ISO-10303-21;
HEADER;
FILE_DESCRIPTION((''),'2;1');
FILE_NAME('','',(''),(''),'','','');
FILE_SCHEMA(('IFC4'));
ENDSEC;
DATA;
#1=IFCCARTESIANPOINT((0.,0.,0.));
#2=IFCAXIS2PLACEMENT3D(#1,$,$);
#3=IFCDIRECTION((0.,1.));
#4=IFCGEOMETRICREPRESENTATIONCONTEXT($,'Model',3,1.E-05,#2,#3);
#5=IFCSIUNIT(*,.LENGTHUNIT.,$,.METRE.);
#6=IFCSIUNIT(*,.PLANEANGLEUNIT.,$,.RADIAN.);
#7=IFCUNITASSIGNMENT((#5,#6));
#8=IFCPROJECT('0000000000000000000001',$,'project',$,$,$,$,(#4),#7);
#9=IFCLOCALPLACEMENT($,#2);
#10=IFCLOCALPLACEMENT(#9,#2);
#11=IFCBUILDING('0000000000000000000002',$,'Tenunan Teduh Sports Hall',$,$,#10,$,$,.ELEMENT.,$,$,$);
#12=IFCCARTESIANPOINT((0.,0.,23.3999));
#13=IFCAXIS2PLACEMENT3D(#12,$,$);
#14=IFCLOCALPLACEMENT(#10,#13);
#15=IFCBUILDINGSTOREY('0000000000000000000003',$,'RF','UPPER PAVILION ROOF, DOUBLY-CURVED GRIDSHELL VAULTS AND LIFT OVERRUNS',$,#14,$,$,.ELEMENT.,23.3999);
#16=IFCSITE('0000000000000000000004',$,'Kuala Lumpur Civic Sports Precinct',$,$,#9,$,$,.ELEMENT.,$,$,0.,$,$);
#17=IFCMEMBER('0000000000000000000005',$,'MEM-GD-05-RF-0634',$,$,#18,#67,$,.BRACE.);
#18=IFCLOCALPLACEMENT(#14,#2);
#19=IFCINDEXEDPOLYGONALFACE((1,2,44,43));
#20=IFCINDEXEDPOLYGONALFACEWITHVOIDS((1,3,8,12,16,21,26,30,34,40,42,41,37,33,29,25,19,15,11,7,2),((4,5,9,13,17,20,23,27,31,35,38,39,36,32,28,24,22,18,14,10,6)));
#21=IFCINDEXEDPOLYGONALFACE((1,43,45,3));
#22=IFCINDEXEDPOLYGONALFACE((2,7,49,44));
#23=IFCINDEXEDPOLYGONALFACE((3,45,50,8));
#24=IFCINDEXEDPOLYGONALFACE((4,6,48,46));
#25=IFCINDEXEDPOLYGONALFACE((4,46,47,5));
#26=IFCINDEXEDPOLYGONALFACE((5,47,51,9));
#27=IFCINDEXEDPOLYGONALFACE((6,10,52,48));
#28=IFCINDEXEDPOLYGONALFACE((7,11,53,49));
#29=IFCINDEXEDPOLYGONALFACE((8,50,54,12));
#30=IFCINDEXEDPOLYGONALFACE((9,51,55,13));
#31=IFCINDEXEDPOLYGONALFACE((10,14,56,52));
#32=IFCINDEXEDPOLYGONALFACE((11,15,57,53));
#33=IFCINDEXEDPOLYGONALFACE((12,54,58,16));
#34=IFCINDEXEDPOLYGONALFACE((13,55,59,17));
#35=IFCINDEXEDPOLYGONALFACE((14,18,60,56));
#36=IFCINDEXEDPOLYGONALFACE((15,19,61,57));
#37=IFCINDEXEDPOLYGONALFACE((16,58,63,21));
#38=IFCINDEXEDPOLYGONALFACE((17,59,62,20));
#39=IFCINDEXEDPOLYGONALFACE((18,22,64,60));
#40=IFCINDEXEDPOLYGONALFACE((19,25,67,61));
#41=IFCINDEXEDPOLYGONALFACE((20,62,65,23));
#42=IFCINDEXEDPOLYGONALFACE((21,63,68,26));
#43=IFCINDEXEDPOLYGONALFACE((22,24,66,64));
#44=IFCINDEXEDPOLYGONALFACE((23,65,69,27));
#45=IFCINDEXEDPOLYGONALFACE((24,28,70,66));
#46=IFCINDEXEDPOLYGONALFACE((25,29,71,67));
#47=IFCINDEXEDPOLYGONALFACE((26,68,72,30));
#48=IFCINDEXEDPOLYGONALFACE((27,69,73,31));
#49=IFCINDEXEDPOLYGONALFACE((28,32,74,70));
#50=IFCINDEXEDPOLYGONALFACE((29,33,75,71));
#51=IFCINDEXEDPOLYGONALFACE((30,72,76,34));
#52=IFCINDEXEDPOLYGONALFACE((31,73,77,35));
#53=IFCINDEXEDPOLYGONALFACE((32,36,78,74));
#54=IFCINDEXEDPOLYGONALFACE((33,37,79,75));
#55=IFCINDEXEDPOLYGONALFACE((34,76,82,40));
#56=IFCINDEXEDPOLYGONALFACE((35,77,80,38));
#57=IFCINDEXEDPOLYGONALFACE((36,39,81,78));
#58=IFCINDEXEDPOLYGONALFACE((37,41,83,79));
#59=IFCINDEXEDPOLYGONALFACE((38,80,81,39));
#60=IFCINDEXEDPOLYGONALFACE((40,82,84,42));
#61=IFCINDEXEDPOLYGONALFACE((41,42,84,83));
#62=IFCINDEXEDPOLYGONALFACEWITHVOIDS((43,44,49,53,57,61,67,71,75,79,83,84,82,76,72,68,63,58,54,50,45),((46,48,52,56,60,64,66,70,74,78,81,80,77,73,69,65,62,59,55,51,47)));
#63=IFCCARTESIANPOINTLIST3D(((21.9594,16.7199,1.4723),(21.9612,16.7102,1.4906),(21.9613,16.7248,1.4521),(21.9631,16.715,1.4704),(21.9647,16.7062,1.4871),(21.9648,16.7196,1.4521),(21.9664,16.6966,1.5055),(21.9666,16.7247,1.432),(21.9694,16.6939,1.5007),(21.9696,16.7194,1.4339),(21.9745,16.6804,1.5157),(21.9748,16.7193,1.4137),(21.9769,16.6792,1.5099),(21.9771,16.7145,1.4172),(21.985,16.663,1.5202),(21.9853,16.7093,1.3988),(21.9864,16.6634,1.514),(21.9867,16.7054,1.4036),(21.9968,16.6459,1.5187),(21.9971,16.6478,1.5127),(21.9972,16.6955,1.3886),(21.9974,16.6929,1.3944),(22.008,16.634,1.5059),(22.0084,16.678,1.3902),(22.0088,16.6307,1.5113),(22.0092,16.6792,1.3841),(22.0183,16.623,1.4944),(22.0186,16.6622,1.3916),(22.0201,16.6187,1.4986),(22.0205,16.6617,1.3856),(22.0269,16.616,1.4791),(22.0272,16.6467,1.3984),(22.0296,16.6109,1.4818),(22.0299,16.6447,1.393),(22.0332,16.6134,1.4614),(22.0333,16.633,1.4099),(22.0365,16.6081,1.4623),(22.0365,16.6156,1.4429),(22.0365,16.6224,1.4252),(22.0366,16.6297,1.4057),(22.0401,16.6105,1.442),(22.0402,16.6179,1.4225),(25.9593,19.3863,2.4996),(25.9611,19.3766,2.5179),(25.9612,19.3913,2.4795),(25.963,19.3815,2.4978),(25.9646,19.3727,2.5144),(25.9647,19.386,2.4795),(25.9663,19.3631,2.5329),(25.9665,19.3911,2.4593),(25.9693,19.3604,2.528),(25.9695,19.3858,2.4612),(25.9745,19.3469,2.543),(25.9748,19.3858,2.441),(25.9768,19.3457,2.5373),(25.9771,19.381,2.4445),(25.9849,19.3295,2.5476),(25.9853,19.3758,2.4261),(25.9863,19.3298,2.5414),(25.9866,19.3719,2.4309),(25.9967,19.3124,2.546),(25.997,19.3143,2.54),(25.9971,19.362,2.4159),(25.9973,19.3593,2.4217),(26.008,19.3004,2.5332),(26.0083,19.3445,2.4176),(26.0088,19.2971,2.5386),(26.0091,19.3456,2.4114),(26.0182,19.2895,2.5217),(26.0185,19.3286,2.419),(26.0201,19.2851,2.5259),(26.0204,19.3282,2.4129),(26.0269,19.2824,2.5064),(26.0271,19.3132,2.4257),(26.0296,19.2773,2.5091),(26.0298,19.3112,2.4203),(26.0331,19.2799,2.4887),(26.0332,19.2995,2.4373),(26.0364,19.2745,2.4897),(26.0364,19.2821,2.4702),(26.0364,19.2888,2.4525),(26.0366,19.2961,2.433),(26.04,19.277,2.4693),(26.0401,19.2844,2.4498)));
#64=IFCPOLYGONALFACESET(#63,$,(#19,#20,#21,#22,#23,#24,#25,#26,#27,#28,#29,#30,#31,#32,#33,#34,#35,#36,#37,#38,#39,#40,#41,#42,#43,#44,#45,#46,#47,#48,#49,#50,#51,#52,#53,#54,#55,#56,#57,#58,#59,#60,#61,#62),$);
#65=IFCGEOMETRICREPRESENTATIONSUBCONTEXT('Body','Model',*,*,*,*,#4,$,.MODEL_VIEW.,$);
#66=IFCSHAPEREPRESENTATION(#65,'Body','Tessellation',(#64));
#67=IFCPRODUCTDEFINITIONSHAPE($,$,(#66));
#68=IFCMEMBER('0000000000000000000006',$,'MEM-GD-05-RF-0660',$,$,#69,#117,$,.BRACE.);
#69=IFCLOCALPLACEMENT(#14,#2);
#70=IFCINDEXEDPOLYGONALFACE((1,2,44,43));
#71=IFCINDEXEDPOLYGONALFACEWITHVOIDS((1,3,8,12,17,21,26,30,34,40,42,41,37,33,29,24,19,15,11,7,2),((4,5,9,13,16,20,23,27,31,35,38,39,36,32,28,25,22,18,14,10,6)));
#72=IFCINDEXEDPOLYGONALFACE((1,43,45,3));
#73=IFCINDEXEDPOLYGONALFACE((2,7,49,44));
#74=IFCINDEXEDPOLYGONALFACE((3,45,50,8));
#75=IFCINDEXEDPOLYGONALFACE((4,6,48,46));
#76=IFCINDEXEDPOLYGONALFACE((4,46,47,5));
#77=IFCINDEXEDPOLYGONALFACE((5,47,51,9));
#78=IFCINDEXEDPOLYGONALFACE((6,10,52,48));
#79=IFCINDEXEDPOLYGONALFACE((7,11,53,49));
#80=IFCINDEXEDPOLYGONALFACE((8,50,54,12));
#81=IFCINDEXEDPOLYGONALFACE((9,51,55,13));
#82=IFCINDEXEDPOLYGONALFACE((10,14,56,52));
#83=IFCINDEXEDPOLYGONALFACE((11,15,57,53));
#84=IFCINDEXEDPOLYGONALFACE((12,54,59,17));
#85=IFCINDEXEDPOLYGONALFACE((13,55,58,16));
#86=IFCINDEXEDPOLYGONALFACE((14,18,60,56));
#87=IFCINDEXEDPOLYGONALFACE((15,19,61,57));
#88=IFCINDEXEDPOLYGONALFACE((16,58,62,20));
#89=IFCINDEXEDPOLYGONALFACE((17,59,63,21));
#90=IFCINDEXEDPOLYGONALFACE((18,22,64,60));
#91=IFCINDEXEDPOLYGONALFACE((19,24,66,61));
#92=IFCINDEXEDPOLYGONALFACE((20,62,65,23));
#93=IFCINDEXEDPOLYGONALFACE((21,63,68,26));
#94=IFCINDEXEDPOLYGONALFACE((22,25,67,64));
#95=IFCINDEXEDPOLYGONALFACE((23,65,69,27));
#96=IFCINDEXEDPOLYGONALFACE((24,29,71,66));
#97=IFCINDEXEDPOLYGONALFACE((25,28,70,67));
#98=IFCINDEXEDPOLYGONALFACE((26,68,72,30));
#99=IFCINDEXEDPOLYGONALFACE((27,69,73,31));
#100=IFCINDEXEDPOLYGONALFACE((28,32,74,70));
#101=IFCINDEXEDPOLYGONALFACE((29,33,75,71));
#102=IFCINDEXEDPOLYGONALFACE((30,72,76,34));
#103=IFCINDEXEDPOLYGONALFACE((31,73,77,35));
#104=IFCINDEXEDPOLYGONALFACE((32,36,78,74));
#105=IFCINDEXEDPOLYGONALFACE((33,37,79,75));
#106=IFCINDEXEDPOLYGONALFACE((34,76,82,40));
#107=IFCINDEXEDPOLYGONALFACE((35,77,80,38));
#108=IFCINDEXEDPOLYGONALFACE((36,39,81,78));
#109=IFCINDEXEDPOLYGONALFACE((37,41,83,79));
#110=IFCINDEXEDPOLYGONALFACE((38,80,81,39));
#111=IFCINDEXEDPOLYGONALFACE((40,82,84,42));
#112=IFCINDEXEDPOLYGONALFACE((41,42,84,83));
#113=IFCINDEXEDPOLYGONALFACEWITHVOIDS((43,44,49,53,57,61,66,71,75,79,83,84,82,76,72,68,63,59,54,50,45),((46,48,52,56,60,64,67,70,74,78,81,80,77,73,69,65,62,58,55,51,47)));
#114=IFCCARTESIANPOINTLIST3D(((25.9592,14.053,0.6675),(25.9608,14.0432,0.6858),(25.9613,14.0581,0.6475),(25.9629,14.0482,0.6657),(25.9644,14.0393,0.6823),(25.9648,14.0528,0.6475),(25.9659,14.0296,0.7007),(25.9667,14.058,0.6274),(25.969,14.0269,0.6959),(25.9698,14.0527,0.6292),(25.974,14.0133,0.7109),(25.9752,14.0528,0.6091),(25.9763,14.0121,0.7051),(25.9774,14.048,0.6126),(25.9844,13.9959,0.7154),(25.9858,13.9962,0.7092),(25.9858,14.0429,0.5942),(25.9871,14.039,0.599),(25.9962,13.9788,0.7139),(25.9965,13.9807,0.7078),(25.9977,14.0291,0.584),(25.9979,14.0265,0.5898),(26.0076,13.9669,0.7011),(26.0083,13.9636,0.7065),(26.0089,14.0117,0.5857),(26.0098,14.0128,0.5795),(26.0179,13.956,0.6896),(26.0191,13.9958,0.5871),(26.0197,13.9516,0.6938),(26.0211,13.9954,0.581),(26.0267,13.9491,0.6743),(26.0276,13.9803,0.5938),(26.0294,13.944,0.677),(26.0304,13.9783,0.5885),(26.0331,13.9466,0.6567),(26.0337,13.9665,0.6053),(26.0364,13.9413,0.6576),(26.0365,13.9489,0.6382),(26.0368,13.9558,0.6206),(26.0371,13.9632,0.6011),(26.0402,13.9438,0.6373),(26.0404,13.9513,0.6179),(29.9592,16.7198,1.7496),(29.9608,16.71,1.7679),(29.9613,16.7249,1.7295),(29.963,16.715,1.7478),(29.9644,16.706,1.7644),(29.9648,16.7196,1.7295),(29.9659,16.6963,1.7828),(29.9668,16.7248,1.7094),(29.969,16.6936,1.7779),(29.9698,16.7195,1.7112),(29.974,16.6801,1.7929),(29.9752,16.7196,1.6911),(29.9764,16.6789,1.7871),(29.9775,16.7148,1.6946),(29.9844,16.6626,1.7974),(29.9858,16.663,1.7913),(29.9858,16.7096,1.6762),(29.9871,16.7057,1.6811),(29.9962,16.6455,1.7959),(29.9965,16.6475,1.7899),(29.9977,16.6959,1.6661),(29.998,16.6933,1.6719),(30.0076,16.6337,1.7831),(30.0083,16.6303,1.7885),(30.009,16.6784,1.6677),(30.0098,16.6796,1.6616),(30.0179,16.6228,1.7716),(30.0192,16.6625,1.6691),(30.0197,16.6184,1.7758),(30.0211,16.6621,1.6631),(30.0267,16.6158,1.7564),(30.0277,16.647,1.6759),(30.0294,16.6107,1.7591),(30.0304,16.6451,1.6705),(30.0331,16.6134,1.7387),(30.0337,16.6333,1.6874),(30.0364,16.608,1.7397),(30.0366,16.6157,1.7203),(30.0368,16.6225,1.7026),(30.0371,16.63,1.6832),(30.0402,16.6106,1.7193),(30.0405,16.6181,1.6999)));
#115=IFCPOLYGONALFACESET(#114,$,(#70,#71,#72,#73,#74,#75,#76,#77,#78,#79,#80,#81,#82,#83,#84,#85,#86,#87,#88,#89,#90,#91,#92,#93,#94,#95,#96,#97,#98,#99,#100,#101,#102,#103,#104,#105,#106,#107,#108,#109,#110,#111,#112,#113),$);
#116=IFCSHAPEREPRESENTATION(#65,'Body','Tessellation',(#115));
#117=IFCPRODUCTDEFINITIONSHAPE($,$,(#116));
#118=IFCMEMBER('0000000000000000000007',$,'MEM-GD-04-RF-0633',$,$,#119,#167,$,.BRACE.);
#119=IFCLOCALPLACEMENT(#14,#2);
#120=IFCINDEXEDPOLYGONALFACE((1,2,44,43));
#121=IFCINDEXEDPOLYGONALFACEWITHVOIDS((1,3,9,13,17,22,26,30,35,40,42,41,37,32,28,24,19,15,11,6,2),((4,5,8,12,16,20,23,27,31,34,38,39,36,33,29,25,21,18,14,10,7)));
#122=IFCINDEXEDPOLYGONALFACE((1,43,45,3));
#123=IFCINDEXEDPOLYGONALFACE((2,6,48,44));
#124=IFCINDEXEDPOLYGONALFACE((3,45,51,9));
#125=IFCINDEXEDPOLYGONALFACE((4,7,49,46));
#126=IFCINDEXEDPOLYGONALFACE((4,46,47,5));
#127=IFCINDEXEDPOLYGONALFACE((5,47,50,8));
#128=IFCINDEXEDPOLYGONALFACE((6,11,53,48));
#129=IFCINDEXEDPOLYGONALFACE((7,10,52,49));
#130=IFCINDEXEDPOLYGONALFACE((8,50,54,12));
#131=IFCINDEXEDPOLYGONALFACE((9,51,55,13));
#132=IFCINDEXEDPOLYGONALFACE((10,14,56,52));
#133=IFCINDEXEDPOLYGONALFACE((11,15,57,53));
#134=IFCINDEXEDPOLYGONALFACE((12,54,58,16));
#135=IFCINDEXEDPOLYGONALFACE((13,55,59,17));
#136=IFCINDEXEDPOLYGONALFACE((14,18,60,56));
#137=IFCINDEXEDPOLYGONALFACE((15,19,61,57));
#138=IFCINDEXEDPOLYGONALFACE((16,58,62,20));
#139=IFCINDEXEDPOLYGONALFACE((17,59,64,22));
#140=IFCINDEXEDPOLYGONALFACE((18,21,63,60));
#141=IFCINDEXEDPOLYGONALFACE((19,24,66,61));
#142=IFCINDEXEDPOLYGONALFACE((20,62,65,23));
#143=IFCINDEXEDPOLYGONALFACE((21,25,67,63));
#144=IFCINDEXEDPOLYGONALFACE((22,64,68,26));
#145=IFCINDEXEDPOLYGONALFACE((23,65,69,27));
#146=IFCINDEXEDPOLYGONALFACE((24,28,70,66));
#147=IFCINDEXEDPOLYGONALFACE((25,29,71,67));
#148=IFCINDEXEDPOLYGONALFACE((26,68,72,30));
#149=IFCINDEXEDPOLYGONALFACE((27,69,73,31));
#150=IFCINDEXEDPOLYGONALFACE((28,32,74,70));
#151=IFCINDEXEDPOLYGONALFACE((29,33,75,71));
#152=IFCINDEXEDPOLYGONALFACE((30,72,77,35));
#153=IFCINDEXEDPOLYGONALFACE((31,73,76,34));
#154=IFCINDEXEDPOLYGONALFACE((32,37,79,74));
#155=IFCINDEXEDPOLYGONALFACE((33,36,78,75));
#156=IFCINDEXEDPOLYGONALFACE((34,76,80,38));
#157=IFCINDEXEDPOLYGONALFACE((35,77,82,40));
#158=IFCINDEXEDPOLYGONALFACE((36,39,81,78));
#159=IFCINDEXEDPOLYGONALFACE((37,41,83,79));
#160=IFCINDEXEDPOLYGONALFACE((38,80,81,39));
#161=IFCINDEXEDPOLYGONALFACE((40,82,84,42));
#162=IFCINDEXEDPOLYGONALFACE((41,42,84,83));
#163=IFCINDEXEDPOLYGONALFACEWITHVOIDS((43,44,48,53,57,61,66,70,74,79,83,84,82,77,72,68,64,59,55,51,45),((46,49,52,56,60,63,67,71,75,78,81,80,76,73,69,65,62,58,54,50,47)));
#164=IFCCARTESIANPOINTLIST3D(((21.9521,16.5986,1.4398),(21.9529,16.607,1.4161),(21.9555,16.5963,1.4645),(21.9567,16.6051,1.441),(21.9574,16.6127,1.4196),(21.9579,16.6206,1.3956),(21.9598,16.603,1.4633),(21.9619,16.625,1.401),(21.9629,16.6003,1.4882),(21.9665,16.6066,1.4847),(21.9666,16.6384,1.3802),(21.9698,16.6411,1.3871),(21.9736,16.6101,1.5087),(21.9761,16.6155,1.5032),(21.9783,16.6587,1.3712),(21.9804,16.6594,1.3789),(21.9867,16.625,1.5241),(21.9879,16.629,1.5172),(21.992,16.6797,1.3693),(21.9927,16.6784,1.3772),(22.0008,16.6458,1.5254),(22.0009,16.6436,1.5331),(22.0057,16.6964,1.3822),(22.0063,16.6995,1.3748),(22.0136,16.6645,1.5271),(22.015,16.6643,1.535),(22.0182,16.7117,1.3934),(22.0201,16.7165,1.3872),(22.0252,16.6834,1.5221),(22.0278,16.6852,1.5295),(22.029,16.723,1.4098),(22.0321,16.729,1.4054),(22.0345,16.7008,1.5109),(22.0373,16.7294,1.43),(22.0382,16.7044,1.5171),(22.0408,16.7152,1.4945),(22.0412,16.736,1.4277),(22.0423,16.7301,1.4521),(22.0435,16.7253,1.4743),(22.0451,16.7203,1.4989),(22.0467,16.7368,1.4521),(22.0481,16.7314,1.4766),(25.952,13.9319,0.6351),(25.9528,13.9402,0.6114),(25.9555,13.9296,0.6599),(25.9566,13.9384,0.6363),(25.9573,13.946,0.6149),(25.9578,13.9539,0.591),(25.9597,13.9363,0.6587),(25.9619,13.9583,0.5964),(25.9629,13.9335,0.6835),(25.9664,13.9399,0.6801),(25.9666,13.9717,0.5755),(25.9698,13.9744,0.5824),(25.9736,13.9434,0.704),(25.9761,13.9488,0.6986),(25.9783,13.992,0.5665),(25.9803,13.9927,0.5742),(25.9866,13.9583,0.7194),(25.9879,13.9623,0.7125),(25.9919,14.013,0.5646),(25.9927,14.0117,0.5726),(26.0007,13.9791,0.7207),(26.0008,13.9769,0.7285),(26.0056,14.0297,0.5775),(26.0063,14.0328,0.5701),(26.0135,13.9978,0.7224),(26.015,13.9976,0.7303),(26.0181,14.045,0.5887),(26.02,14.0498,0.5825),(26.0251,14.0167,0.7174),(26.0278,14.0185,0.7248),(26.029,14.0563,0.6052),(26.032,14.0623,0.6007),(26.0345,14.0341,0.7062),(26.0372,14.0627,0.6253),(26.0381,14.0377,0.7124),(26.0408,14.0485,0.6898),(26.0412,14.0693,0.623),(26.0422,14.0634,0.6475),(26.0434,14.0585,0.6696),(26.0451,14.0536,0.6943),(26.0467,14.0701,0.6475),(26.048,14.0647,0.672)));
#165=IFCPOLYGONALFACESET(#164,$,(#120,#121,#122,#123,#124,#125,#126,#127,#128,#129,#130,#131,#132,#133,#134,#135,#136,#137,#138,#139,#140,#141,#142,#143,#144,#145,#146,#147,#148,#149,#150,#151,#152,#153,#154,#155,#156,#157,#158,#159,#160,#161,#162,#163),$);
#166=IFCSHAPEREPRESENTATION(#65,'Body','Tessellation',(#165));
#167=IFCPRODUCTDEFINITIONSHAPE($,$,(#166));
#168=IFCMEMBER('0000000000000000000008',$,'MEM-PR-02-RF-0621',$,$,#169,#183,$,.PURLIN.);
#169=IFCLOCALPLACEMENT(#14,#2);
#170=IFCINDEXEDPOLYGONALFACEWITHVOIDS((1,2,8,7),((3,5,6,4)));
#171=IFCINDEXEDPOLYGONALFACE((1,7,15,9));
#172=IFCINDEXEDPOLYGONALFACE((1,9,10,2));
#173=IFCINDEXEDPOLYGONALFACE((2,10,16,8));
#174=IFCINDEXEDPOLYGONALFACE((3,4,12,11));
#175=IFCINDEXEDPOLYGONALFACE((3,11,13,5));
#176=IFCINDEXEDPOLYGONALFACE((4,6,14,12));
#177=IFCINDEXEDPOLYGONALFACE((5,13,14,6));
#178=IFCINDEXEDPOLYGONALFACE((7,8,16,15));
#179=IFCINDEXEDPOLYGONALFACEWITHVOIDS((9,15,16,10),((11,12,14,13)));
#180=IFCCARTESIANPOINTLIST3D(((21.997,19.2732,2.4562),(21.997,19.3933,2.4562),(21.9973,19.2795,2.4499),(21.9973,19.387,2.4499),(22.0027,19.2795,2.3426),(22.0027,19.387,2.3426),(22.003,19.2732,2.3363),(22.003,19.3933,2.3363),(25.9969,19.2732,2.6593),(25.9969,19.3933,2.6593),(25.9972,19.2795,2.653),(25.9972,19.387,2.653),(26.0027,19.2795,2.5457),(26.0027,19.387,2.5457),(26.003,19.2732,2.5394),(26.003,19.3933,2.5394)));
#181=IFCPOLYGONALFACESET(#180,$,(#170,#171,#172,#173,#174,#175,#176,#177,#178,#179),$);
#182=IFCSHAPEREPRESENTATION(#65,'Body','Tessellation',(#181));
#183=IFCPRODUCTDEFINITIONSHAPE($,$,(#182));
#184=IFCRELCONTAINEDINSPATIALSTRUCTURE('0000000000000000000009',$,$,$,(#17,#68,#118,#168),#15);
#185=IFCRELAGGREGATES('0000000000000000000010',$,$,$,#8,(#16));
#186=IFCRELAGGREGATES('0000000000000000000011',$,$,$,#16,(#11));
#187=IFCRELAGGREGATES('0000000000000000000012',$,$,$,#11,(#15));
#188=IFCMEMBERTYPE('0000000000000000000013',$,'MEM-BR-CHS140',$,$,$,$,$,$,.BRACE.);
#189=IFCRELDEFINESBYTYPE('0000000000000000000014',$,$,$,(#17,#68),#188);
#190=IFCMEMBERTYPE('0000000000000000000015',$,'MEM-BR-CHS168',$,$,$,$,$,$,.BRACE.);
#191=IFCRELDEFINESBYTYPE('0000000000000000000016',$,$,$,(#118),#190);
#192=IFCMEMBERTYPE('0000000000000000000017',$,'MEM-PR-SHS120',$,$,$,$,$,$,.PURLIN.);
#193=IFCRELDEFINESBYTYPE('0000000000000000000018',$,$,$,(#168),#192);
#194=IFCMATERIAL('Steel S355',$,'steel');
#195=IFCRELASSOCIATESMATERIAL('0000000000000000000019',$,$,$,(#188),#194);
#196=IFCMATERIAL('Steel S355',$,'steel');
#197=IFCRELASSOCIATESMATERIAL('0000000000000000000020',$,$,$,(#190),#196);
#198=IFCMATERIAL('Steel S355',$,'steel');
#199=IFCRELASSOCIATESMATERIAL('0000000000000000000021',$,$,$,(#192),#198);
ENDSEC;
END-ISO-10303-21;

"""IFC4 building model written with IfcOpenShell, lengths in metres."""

from ifc_helpers import new_model, si_unit, direction, frame, origin, origin_2d, place, context, subcontext, project, spatial, hollow_rectangle, hollow_circle, extrude, material, material_profile, profile_set, type_object, element, save


model = new_model("IFC4")

# Units and contexts
model_context = context("Model", 3, precision=1e-05, world=origin(), true_north=direction((0.0, 1.0)))
body_context = subcontext(model_context, "Body", "Model", "MODEL_VIEW")
ifc_project = project(units=[si_unit("LENGTHUNIT", "METRE"), si_unit("PLANEANGLEUNIT", "RADIAN")], contexts=[model_context])

# Site, building, storey
site_placement = place(None, origin())
site = spatial("IfcSite", under=ifc_project, at=site_placement, Name="Kuala Lumpur Civic Sports Precinct", CompositionType="ELEMENT", RefElevation=0.0)
building_placement = place(site_placement, origin())
building = spatial("IfcBuilding", under=site, at=building_placement, Name="Tenunan Teduh Sports Hall", CompositionType="ELEMENT")
storey_placement = place(building_placement, frame((0.0, 0.0, 23.3999)))
storey = spatial("IfcBuildingStorey", under=building, at=storey_placement, Name="RF", Description="UPPER PAVILION ROOF, DOUBLY-CURVED GRIDSHELL VAULTS AND LIFT OVERRUNS", CompositionType="ELEMENT", Elevation=23.3999)

# Members
ifc_material_1 = material(Name="Steel S355", Category="steel")
ifc_material_profile_1 = material_profile(ifc_material_1, hollow_circle(Radius=0.0698, WallThickness=0.0063, at=origin_2d()), Name="CHS 139.7x6.3")
ifc_profile_set_1 = profile_set([ifc_material_profile_1], Name="Steel S355")
member_type_1 = type_object("IfcMemberType", Name="MEM-BR-CHS140", PredefinedType="BRACE", material=ifc_profile_set_1)
member_1_placement = place(storey_placement, frame((22.0, 16.6667, 1.4521), z_axis=(0.813693, 0.542429, 0.208986), x_axis=(-0.554677, 0.832066, 0.0)))
element("IfcMember", 1, at=member_1_placement, inside=storey, type_object=member_type_1, Name="MEM-GD-05-RF-0634", PredefinedType="BRACE", context=body_context, shape_type="SweptSolid", body=[
    extrude(hollow_circle(Radius=0.0698, WallThickness=0.0063, at=origin_2d()), origin(), (0.0, 0.0, 1.0), 4.9158),
])
member_2_placement = place(storey_placement, frame((26.0, 14.0, 0.6475), z_axis=(0.811736, 0.541174, 0.219581), x_axis=(-0.554712, 0.832042, 0.0)))
element("IfcMember", 2, at=member_2_placement, inside=storey, type_object=member_type_1, Name="MEM-GD-05-RF-0660", PredefinedType="BRACE", context=body_context, shape_type="SweptSolid", body=[
    extrude(hollow_circle(Radius=0.0698, WallThickness=0.0063, at=origin_2d()), origin(), (0.0, 0.0, 1.0), 4.9277),
])
ifc_material_2 = material(Name="Steel S355", Category="steel")
ifc_material_profile_2 = material_profile(ifc_material_2, hollow_circle(Radius=0.0842, WallThickness=0.0081, at=origin_2d()), Name="CHS 168.3x8.0")
ifc_profile_set_2 = profile_set([ifc_material_profile_2], Name="Steel S355")
member_type_2 = type_object("IfcMemberType", Name="MEM-BR-CHS168", PredefinedType="BRACE", material=ifc_profile_set_2)
member_3_placement = place(storey_placement, frame((22.0, 16.6667, 1.4521), z_axis=(0.820626, -0.547101, -0.165087), x_axis=(0.554712, 0.832042, 0.0)))
element("IfcMember", 3, at=member_3_placement, inside=storey, type_object=member_type_2, Name="MEM-GD-04-RF-0633", PredefinedType="BRACE", context=body_context, shape_type="SweptSolid", body=[
    extrude(hollow_circle(Radius=0.0842, WallThickness=0.0081, at=origin_2d()), origin(), (0.0, 0.0, 1.0), 4.8743),
])
ifc_material_3 = material(Name="Steel S355", Category="steel")
ifc_material_profile_3 = material_profile(ifc_material_3, hollow_rectangle(XDim=0.1201, YDim=0.1201, WallThickness=0.0063, at=origin_2d()), Name="SHS 120x120x6.3")
ifc_profile_set_3 = profile_set([ifc_material_profile_3], Name="Steel S355")
member_type_3 = type_object("IfcMemberType", Name="MEM-PR-SHS120", PredefinedType="PURLIN", material=ifc_profile_set_3)
member_4_placement = place(storey_placement, frame((22.0, 19.3333, 2.3962), z_axis=(0.998713, 0.0, 0.050716), x_axis=(0.0, 1.0, 0.0)))
element("IfcMember", 4, at=member_4_placement, inside=storey, type_object=member_type_3, Name="MEM-PR-02-RF-0621", PredefinedType="PURLIN", context=body_context, shape_type="SweptSolid", body=[
    extrude(hollow_rectangle(XDim=0.1201, YDim=0.1201, WallThickness=0.0063, at=origin_2d()), origin(), (0.0, 0.0, 1.0), 4.0051),
])

save(model, "model.ifc")
